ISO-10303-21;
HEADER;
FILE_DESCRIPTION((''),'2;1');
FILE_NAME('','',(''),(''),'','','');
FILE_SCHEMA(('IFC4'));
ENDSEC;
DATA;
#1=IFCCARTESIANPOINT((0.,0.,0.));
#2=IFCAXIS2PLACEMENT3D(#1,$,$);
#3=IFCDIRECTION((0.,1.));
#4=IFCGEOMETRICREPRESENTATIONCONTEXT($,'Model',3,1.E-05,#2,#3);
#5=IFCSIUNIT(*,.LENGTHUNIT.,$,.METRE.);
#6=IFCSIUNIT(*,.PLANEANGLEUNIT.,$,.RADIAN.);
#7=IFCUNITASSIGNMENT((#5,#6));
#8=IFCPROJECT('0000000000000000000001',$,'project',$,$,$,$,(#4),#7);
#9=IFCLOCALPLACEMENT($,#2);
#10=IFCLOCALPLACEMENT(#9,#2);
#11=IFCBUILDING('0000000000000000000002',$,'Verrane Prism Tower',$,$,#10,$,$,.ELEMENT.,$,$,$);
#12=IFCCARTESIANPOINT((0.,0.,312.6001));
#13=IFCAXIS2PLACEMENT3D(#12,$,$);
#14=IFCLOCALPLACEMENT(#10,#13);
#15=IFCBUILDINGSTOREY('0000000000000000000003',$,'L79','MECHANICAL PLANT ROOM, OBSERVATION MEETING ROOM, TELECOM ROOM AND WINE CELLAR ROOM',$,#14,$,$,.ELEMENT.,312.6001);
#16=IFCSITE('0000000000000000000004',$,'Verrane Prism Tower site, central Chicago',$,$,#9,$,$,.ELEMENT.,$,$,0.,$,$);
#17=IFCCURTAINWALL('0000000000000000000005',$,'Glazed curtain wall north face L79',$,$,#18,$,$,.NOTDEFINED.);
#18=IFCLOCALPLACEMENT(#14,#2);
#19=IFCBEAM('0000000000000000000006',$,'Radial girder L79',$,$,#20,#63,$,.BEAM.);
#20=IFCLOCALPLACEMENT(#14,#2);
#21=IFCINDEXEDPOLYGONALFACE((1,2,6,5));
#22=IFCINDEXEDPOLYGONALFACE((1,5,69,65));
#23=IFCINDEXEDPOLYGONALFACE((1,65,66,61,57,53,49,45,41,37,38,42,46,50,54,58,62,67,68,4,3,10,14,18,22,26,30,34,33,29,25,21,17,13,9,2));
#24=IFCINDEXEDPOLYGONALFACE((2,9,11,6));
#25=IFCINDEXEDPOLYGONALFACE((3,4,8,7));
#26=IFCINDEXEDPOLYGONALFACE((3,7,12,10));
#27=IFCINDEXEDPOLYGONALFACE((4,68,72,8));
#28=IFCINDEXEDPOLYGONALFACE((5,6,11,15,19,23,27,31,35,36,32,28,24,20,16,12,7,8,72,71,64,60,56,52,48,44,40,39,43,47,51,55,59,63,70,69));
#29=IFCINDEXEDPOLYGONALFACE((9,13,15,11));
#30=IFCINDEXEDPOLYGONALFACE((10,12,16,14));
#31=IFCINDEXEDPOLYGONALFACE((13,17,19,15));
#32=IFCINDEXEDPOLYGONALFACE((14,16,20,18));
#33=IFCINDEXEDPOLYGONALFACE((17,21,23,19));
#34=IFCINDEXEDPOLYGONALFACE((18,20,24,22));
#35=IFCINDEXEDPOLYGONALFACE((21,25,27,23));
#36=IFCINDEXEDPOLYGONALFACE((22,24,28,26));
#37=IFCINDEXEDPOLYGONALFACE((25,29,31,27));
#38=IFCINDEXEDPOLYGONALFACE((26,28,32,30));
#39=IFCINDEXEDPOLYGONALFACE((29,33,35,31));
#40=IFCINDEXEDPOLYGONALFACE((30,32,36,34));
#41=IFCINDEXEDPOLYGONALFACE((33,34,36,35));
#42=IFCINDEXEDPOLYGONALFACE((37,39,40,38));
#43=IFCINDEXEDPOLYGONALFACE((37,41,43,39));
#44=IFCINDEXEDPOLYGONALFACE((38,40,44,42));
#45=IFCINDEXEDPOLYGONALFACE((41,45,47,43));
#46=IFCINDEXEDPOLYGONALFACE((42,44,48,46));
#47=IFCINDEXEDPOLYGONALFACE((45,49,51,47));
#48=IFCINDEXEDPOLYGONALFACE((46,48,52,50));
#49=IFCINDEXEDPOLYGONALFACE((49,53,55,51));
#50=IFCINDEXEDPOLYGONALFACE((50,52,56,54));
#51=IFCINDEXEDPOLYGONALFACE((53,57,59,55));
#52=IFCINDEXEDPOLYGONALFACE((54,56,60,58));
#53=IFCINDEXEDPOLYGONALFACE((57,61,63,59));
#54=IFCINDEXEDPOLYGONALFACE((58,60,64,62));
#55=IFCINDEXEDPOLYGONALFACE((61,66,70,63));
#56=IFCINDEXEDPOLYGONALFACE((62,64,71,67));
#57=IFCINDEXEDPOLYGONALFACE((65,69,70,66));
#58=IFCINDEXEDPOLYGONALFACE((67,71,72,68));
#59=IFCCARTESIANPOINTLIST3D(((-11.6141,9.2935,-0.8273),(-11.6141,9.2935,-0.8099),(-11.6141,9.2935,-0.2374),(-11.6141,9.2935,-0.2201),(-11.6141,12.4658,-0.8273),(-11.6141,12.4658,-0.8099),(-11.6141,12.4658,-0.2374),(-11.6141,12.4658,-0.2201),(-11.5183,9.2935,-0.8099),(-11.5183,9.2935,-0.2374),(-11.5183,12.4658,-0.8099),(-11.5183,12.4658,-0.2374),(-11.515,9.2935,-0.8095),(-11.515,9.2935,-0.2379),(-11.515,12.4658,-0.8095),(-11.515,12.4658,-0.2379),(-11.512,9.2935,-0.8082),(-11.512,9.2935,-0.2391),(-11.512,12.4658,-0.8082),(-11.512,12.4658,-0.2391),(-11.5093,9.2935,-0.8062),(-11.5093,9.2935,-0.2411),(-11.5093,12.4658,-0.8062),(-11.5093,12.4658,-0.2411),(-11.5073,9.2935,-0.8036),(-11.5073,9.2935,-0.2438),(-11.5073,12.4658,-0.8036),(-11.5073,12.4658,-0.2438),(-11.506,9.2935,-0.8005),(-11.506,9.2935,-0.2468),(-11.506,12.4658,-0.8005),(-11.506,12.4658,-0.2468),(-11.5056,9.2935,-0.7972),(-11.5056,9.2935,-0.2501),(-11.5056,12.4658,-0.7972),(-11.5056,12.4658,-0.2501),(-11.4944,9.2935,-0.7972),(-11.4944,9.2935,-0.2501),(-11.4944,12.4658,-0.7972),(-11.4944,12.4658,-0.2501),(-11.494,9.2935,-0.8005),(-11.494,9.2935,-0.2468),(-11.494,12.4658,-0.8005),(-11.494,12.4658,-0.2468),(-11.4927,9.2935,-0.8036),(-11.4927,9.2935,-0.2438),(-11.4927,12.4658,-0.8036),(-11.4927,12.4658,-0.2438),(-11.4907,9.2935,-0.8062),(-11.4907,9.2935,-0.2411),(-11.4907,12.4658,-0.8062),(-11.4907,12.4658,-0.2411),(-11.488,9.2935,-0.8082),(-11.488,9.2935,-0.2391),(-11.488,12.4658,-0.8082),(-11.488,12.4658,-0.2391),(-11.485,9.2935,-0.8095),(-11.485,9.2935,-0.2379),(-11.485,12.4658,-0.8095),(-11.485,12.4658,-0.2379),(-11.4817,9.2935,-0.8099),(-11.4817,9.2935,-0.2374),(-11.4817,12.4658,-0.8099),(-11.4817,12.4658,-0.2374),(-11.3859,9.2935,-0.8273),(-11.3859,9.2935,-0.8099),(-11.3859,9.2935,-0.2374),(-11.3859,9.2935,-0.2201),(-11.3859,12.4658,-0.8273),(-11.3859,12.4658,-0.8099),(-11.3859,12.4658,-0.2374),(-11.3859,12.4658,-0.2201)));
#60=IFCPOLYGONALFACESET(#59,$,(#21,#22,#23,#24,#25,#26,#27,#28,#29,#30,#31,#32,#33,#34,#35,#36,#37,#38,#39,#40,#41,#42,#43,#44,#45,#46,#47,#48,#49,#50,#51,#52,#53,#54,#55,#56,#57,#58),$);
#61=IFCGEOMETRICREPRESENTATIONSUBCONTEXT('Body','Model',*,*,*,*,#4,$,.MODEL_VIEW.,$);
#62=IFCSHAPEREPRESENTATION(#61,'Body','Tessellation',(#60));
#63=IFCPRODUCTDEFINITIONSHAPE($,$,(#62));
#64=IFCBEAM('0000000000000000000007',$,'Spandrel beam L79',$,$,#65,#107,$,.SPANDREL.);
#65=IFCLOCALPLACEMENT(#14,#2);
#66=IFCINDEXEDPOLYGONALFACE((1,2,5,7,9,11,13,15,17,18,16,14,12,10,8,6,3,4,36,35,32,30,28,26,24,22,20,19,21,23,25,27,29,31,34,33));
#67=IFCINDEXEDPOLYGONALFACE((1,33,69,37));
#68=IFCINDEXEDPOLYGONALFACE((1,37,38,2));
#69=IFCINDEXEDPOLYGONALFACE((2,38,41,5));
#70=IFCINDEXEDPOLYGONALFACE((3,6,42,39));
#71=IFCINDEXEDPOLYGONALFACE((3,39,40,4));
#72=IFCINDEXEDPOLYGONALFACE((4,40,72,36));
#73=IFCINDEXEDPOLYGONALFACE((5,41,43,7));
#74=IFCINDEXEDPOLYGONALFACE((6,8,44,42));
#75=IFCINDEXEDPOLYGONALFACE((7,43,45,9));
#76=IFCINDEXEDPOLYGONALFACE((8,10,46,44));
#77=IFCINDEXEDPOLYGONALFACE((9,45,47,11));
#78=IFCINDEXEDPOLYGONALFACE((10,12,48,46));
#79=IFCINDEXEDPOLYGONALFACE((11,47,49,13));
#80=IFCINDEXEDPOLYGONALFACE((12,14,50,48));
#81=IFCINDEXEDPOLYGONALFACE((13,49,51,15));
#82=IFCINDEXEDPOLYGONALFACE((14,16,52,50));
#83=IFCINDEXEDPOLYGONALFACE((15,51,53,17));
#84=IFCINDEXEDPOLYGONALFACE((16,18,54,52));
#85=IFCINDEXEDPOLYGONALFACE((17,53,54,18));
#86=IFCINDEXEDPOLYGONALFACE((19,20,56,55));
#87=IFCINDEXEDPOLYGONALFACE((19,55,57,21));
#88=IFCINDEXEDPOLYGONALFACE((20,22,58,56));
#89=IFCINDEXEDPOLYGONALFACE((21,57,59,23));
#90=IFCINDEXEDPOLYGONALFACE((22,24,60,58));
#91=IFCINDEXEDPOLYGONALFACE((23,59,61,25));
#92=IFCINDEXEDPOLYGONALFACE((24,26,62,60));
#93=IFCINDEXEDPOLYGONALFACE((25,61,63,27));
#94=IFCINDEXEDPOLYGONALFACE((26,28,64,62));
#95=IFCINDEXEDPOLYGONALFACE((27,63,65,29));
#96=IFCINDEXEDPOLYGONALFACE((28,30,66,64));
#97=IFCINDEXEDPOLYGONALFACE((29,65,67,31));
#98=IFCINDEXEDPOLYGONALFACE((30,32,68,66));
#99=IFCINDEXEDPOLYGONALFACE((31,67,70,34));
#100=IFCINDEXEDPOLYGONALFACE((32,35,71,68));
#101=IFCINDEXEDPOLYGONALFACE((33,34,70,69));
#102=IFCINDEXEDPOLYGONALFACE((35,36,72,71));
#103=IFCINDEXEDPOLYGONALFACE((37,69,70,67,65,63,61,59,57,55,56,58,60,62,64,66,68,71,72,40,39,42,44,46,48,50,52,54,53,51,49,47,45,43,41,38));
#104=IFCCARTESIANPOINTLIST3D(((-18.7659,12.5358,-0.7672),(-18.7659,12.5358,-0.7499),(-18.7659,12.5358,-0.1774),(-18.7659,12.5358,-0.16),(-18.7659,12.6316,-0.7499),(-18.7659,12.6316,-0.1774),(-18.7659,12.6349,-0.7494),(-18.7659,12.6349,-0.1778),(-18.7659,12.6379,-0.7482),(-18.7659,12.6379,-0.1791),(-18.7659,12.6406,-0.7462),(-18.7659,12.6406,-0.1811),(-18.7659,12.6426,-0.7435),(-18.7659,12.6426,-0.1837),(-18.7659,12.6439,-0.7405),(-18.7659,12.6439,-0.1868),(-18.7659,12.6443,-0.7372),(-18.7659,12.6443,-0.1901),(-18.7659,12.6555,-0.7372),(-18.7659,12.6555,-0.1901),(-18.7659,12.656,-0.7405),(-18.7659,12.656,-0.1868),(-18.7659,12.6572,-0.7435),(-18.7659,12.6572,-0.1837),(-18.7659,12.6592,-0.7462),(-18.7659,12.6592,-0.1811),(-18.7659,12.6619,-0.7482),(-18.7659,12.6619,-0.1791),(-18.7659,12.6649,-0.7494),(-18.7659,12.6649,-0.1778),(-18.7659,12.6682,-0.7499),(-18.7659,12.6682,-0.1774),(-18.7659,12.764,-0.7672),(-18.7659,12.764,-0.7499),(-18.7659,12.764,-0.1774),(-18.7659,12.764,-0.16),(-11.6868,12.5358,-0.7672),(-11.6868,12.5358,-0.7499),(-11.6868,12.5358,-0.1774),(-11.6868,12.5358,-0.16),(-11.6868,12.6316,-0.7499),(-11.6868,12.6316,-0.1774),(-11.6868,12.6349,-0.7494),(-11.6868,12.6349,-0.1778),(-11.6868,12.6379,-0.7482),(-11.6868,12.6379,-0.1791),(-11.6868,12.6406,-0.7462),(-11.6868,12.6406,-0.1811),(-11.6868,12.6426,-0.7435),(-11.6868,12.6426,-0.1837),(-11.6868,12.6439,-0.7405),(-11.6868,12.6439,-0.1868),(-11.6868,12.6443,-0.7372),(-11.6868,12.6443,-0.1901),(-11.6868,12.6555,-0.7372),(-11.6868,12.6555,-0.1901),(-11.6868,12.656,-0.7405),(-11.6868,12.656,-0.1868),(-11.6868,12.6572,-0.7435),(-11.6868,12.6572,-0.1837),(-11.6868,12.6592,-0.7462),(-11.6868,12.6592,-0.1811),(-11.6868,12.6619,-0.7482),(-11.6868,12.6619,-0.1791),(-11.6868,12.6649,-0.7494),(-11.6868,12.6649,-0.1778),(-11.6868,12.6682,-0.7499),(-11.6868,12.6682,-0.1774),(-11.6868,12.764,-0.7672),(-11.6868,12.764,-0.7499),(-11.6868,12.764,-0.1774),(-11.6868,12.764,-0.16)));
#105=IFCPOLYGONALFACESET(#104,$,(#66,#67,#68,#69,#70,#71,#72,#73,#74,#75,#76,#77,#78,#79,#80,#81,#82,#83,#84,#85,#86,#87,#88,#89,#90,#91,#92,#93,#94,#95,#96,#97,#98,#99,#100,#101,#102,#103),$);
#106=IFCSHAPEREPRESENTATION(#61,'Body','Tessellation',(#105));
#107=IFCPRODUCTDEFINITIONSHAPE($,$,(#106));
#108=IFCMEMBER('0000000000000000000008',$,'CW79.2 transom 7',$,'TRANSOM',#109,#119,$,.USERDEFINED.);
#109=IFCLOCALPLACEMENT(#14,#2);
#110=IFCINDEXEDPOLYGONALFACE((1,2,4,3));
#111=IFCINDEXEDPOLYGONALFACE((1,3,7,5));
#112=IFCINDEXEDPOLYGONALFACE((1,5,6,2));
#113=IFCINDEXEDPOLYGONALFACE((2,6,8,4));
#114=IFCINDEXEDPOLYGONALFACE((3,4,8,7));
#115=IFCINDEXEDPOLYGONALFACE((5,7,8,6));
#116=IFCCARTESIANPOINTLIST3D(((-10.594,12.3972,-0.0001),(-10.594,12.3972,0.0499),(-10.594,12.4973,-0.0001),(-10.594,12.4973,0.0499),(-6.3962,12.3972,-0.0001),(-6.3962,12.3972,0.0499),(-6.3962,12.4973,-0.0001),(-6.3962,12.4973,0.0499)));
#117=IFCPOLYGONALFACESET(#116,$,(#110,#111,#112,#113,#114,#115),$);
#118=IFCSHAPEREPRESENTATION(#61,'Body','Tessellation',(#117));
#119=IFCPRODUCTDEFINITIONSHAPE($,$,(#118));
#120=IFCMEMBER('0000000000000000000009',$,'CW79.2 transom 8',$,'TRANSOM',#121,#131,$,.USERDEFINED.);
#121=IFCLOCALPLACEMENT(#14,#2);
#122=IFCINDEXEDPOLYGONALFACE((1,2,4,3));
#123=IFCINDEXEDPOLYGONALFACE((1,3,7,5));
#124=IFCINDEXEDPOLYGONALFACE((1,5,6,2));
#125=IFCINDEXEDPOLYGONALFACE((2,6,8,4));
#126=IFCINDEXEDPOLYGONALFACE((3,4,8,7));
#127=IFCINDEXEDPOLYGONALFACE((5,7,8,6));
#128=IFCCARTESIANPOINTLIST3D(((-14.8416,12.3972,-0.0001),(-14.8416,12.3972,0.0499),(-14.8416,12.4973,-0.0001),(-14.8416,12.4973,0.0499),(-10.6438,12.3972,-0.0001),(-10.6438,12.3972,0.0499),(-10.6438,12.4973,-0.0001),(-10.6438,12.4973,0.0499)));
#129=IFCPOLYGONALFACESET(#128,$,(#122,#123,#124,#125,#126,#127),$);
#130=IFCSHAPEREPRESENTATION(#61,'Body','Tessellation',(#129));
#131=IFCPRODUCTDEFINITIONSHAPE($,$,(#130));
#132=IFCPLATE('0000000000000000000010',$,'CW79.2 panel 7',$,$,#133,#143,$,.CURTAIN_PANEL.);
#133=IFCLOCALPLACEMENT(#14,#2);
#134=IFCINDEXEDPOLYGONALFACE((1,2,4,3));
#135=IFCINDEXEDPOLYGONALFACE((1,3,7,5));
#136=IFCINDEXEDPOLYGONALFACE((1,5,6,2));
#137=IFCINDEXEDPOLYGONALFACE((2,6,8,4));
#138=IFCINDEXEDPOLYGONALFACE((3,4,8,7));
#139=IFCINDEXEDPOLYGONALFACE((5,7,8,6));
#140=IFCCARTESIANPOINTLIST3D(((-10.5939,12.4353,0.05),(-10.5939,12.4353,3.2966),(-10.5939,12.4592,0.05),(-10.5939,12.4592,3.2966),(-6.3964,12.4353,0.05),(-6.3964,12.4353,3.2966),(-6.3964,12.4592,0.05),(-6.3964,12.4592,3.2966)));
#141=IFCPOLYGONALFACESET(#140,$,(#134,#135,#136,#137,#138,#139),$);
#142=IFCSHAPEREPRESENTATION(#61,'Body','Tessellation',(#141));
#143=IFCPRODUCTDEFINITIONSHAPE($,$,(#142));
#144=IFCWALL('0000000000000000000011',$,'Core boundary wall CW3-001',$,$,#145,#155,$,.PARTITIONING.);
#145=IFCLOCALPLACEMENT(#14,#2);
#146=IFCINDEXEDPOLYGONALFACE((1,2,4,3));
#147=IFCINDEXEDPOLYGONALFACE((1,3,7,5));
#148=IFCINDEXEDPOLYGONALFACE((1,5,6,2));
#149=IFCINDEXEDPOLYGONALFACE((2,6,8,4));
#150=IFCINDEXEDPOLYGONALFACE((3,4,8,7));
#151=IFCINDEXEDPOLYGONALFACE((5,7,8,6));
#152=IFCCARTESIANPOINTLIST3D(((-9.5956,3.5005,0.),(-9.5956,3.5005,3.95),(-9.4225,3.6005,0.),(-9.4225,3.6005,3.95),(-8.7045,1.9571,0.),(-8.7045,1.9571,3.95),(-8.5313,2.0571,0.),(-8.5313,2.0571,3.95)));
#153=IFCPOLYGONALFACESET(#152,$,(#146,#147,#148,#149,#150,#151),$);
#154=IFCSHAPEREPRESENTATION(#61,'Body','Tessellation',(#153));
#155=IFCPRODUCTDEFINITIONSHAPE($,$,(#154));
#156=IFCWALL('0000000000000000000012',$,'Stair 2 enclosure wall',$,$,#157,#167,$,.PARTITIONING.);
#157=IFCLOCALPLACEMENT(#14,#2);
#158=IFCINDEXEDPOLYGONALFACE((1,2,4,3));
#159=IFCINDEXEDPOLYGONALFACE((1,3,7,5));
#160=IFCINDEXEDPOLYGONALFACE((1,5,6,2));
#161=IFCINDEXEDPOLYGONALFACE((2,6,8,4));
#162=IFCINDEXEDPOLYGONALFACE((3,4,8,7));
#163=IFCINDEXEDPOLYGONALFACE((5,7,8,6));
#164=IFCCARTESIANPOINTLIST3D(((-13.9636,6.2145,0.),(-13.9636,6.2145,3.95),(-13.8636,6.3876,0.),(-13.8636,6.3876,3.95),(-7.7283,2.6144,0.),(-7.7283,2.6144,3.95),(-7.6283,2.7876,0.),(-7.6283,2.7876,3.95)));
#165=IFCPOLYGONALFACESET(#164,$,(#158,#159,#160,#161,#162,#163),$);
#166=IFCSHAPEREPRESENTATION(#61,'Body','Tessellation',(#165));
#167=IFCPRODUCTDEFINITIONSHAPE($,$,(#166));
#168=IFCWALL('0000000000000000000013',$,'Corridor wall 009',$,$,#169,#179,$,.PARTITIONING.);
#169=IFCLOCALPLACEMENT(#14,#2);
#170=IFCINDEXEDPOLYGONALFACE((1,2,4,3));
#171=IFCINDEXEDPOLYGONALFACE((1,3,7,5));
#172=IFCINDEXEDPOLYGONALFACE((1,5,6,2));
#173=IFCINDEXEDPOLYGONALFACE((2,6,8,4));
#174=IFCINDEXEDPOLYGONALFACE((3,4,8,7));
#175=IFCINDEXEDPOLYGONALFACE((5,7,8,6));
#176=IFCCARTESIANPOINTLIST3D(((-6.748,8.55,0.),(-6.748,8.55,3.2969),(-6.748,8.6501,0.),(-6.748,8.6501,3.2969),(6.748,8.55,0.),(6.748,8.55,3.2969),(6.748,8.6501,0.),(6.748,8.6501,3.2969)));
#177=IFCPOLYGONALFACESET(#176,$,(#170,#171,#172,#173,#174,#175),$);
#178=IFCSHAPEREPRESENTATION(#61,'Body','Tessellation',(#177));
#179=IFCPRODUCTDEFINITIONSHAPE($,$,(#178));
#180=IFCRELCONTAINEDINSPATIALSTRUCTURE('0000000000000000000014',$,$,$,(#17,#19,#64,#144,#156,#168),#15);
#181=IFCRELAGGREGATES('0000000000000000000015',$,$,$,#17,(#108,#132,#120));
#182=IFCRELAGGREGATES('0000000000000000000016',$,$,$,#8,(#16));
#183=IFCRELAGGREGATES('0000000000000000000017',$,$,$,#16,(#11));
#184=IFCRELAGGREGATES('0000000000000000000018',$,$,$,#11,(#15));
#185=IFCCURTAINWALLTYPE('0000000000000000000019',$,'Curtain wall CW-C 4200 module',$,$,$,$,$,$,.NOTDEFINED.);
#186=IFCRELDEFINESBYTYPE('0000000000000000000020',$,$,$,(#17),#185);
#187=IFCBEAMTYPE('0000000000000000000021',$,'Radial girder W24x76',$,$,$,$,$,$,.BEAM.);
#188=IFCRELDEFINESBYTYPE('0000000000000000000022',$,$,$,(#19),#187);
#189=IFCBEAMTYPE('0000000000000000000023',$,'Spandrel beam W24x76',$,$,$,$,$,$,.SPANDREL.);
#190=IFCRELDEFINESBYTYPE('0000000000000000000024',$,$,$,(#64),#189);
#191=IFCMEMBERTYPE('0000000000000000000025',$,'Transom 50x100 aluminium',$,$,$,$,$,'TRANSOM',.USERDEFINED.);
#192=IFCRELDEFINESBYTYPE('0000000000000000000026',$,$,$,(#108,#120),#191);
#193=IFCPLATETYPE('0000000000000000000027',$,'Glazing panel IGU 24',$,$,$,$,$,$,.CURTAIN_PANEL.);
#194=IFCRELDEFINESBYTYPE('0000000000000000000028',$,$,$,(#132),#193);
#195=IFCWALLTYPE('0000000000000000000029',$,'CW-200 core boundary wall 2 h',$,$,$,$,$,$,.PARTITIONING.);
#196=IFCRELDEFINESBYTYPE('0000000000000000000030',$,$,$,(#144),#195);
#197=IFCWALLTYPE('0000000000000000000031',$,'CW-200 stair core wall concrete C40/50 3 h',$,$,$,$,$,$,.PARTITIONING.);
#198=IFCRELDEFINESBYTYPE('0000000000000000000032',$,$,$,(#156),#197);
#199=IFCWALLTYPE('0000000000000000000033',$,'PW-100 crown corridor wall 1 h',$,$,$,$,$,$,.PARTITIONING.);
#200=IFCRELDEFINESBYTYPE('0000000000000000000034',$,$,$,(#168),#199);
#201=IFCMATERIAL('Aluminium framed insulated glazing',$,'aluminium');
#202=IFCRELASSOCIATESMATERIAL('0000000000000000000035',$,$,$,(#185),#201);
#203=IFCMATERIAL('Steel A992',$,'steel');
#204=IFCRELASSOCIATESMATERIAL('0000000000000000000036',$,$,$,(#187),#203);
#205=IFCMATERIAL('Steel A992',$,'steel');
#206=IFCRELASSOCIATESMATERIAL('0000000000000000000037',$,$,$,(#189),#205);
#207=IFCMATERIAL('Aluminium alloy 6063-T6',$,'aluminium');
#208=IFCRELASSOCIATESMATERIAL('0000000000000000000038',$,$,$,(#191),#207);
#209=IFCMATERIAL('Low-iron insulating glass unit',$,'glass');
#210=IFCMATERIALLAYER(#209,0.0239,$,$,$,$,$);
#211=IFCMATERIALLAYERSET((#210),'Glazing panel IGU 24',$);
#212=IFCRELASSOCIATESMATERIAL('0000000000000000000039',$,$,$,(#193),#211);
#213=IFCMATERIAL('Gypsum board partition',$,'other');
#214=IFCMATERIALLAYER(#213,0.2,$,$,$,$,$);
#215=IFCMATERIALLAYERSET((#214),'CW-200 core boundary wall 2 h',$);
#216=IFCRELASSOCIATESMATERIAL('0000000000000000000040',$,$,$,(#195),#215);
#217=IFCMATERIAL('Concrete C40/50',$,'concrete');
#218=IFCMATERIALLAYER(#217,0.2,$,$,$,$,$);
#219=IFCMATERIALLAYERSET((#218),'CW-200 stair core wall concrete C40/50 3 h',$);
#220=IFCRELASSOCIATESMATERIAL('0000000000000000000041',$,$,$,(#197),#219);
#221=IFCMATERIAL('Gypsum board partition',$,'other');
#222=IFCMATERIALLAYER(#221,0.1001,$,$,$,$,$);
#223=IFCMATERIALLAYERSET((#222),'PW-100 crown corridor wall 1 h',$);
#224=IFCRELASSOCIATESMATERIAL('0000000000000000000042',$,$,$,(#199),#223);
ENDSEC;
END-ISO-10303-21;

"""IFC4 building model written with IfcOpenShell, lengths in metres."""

from ifc_helpers import new_model, si_unit, direction, frame, frame_2d, origin, origin_2d, place, context, subcontext, project, spatial, rectangle, i_section, extrude, material, layer, layer_set, material_profile, profile_set, type_object, element, aggregate, save


model = new_model("IFC4")

# Units and contexts
model_context = context("Model", 3, precision=1e-05, world=origin(), true_north=direction((0.0, 1.0)))
body_context = subcontext(model_context, "Body", "Model", "MODEL_VIEW")
ifc_project = project(units=[si_unit("LENGTHUNIT", "METRE"), si_unit("PLANEANGLEUNIT", "RADIAN")], contexts=[model_context])

# Site, building, storey
site_placement = place(None, origin())
site = spatial("IfcSite", under=ifc_project, at=site_placement, Name="Verrane Prism Tower site, central Chicago", CompositionType="ELEMENT", RefElevation=0.0)
building_placement = place(site_placement, origin())
building = spatial("IfcBuilding", under=site, at=building_placement, Name="Verrane Prism Tower", CompositionType="ELEMENT")
storey_placement = place(building_placement, frame((0.0, 0.0, 312.6001)))
storey = spatial("IfcBuildingStorey", under=building, at=storey_placement, Name="L79", Description="MECHANICAL PLANT ROOM, OBSERVATION MEETING ROOM, TELECOM ROOM AND WINE CELLAR ROOM", CompositionType="ELEMENT", Elevation=312.6001)

# Curtain wall
ifc_material_1 = material(Name="Aluminium framed insulated glazing", Category="aluminium")
curtain_wall_type = type_object("IfcCurtainWallType", Name="Curtain wall CW-C 4200 module", PredefinedType="NOTDEFINED", material=ifc_material_1)
curtain_wall_placement = place(storey_placement, origin())
curtain_wall = element("IfcCurtainWall", 1, at=curtain_wall_placement, inside=storey, type_object=curtain_wall_type, Name="Glazed curtain wall north face L79", PredefinedType="NOTDEFINED")

# Beams
ifc_material_2 = material(Name="Steel A992", Category="steel")
ifc_material_profile_1 = material_profile(ifc_material_2, i_section(OverallWidth=0.2283, OverallDepth=0.6072, WebThickness=0.0112, FlangeThickness=0.0173, FilletRadius=0.0127, at=origin_2d()), Name="W24x76")
ifc_profile_set_1 = profile_set([ifc_material_profile_1], Name="Steel A992")
beam_type_1 = type_object("IfcBeamType", Name="Radial girder W24x76", PredefinedType="BEAM", material=ifc_profile_set_1)
beam_1_placement = place(storey_placement, frame((-11.5, 12.4658, -0.5237), z_axis=(0.0, -1.0, 0.0), x_axis=(1.0, 0.0, 0.0)))
element("IfcBeam", 2, at=beam_1_placement, inside=storey, type_object=beam_type_1, Name="Radial girder L79", PredefinedType="BEAM", context=body_context, shape_type="SweptSolid", body=[
    extrude(i_section(OverallWidth=0.2283, OverallDepth=0.6072, WebThickness=0.0112, FlangeThickness=0.0173, FilletRadius=0.0127, at=origin_2d()), origin(), (0.0, 0.0, 1.0), 3.1724),
])
ifc_material_3 = material(Name="Steel A992", Category="steel")
ifc_material_profile_2 = material_profile(ifc_material_3, i_section(OverallWidth=0.2283, OverallDepth=0.6072, WebThickness=0.0112, FlangeThickness=0.0173, FilletRadius=0.0127, at=origin_2d()), Name="W24x76")
ifc_profile_set_2 = profile_set([ifc_material_profile_2], Name="Steel A992")
beam_type_2 = type_object("IfcBeamType", Name="Spandrel beam W24x76", PredefinedType="SPANDREL", material=ifc_profile_set_2)
beam_2_placement = place(storey_placement, frame((-11.6868, 12.6499, -0.4636), z_axis=(-1.0, 0.0, 0.0), x_axis=(0.0, -1.0, 0.0)))
element("IfcBeam", 3, at=beam_2_placement, inside=storey, type_object=beam_type_2, Name="Spandrel beam L79", PredefinedType="SPANDREL", context=body_context, shape_type="SweptSolid", body=[
    extrude(i_section(OverallWidth=0.2283, OverallDepth=0.6072, WebThickness=0.0112, FlangeThickness=0.0173, FilletRadius=0.0127, at=origin_2d()), origin(), (0.0, 0.0, 1.0), 7.0791),
])

# Members
ifc_material_4 = material(Name="Aluminium alloy 6063-T6", Category="aluminium")
ifc_material_profile_3 = material_profile(ifc_material_4, rectangle(XDim=0.1001, YDim=0.05, at=origin_2d()), Name="Transom 50x100 aluminium")
ifc_profile_set_3 = profile_set([ifc_material_profile_3], Name="Aluminium alloy 6063-T6")
member_type_1 = type_object("IfcMemberType", Name="Transom 50x100 aluminium", ElementType="TRANSOM", PredefinedType="USERDEFINED", material=ifc_profile_set_3)
member_1_placement = place(storey_placement, frame((-6.3962, 12.4473, 0.0249), z_axis=(-1.0, 0.0, 0.0), x_axis=(0.0, -1.0, 0.0)))
member_1 = element("IfcMember", 4, at=member_1_placement, type_object=member_type_1, Name="CW79.2 transom 7", ObjectType="TRANSOM", PredefinedType="USERDEFINED", context=body_context, shape_type="SweptSolid", body=[
    extrude(rectangle(XDim=0.1001, YDim=0.05, at=origin_2d()), origin(), (0.0, 0.0, 1.0), 4.1978),
])
member_2_placement = place(storey_placement, frame((-10.6438, 12.4473, 0.0249), z_axis=(-1.0, 0.0, 0.0), x_axis=(0.0, -1.0, 0.0)))
member_2 = element("IfcMember", 5, at=member_2_placement, type_object=member_type_1, Name="CW79.2 transom 8", ObjectType="TRANSOM", PredefinedType="USERDEFINED", context=body_context, shape_type="SweptSolid", body=[
    extrude(rectangle(XDim=0.1001, YDim=0.05, at=origin_2d()), origin(), (0.0, 0.0, 1.0), 4.1978),
])

# Plate
ifc_material_5 = material(Name="Low-iron insulating glass unit", Category="glass")
ifc_layer_1 = layer(ifc_material_5, 0.0239)
ifc_layer_set_1 = layer_set([ifc_layer_1], Name="Glazing panel IGU 24")
plate_type = type_object("IfcPlateType", Name="Glazing panel IGU 24", PredefinedType="CURTAIN_PANEL", material=ifc_layer_set_1)
plate_placement = place(storey_placement, frame((-8.4951, 12.4473, 0.05), z_axis=(0.0, 0.0, 1.0), x_axis=(-1.0, 0.0, 0.0)))
plate = element("IfcPlate", 6, at=plate_placement, type_object=plate_type, Name="CW79.2 panel 7", PredefinedType="CURTAIN_PANEL", context=body_context, shape_type="SweptSolid", body=[
    extrude(rectangle(XDim=4.1975, YDim=0.0239, at=origin_2d()), origin(), (0.0, 0.0, 1.0), 3.2466),
])
aggregate(curtain_wall, [member_1, plate, member_2])

# Walls
ifc_material_6 = material(Name="Gypsum board partition", Category="other")
ifc_layer_2 = layer(ifc_material_6, 0.2)
ifc_layer_set_2 = layer_set([ifc_layer_2], Name="CW-200 core boundary wall 2 h")
wall_type_1 = type_object("IfcWallType", Name="CW-200 core boundary wall 2 h", PredefinedType="PARTITIONING", material=ifc_layer_set_2)
wall_1_placement = place(storey_placement, frame((-9.509, 3.5505, 0.0), z_axis=(0.0, 0.0, 1.0), x_axis=(0.499999, -0.866026, 0.0)))
element("IfcWall", 7, at=wall_1_placement, inside=storey, type_object=wall_type_1, Name="Core boundary wall CW3-001", PredefinedType="PARTITIONING", context=body_context, shape_type="SweptSolid", body=[
    extrude(rectangle(XDim=1.7822, YDim=0.2, at=frame_2d((0.8911, 0.0))), origin(), (0.0, 0.0, 1.0), 3.95),
])
ifc_material_7 = material(Name="Concrete C40/50", Category="concrete")
ifc_layer_3 = layer(ifc_material_7, 0.2)
ifc_layer_set_3 = layer_set([ifc_layer_3], Name="CW-200 stair core wall concrete C40/50 3 h")
wall_type_2 = type_object("IfcWallType", Name="CW-200 stair core wall concrete C40/50 3 h", PredefinedType="PARTITIONING", material=ifc_layer_set_3)
wall_2_placement = place(storey_placement, frame((-7.6782, 2.7009, 0.0), z_axis=(0.0, 0.0, 1.0), x_axis=(-0.866018, 0.500012, 0.0)))
element("IfcWall", 8, at=wall_2_placement, inside=storey, type_object=wall_type_2, Name="Stair 2 enclosure wall", PredefinedType="PARTITIONING", context=body_context, shape_type="SweptSolid", body=[
    extrude(rectangle(XDim=7.2, YDim=0.2, at=frame_2d((3.6001, 0.0))), origin(), (0.0, 0.0, 1.0), 3.95),
])
ifc_material_8 = material(Name="Gypsum board partition", Category="other")
ifc_layer_4 = layer(ifc_material_8, 0.1001)
ifc_layer_set_4 = layer_set([ifc_layer_4], Name="PW-100 crown corridor wall 1 h")
wall_type_3 = type_object("IfcWallType", Name="PW-100 crown corridor wall 1 h", PredefinedType="PARTITIONING", material=ifc_layer_set_4)
wall_3_placement = place(storey_placement, frame((-6.748, 8.6001, 0.0), z_axis=(0.0, 0.0, 1.0), x_axis=(1.0, 0.0, 0.0)))
element("IfcWall", 9, at=wall_3_placement, inside=storey, type_object=wall_type_3, Name="Corridor wall 009", PredefinedType="PARTITIONING", context=body_context, shape_type="SweptSolid", body=[
    extrude(rectangle(XDim=13.4961, YDim=0.1001, at=frame_2d((6.748, 0.0))), origin(), (0.0, 0.0, 1.0), 3.2969),
])

save(model, "model.ifc")
